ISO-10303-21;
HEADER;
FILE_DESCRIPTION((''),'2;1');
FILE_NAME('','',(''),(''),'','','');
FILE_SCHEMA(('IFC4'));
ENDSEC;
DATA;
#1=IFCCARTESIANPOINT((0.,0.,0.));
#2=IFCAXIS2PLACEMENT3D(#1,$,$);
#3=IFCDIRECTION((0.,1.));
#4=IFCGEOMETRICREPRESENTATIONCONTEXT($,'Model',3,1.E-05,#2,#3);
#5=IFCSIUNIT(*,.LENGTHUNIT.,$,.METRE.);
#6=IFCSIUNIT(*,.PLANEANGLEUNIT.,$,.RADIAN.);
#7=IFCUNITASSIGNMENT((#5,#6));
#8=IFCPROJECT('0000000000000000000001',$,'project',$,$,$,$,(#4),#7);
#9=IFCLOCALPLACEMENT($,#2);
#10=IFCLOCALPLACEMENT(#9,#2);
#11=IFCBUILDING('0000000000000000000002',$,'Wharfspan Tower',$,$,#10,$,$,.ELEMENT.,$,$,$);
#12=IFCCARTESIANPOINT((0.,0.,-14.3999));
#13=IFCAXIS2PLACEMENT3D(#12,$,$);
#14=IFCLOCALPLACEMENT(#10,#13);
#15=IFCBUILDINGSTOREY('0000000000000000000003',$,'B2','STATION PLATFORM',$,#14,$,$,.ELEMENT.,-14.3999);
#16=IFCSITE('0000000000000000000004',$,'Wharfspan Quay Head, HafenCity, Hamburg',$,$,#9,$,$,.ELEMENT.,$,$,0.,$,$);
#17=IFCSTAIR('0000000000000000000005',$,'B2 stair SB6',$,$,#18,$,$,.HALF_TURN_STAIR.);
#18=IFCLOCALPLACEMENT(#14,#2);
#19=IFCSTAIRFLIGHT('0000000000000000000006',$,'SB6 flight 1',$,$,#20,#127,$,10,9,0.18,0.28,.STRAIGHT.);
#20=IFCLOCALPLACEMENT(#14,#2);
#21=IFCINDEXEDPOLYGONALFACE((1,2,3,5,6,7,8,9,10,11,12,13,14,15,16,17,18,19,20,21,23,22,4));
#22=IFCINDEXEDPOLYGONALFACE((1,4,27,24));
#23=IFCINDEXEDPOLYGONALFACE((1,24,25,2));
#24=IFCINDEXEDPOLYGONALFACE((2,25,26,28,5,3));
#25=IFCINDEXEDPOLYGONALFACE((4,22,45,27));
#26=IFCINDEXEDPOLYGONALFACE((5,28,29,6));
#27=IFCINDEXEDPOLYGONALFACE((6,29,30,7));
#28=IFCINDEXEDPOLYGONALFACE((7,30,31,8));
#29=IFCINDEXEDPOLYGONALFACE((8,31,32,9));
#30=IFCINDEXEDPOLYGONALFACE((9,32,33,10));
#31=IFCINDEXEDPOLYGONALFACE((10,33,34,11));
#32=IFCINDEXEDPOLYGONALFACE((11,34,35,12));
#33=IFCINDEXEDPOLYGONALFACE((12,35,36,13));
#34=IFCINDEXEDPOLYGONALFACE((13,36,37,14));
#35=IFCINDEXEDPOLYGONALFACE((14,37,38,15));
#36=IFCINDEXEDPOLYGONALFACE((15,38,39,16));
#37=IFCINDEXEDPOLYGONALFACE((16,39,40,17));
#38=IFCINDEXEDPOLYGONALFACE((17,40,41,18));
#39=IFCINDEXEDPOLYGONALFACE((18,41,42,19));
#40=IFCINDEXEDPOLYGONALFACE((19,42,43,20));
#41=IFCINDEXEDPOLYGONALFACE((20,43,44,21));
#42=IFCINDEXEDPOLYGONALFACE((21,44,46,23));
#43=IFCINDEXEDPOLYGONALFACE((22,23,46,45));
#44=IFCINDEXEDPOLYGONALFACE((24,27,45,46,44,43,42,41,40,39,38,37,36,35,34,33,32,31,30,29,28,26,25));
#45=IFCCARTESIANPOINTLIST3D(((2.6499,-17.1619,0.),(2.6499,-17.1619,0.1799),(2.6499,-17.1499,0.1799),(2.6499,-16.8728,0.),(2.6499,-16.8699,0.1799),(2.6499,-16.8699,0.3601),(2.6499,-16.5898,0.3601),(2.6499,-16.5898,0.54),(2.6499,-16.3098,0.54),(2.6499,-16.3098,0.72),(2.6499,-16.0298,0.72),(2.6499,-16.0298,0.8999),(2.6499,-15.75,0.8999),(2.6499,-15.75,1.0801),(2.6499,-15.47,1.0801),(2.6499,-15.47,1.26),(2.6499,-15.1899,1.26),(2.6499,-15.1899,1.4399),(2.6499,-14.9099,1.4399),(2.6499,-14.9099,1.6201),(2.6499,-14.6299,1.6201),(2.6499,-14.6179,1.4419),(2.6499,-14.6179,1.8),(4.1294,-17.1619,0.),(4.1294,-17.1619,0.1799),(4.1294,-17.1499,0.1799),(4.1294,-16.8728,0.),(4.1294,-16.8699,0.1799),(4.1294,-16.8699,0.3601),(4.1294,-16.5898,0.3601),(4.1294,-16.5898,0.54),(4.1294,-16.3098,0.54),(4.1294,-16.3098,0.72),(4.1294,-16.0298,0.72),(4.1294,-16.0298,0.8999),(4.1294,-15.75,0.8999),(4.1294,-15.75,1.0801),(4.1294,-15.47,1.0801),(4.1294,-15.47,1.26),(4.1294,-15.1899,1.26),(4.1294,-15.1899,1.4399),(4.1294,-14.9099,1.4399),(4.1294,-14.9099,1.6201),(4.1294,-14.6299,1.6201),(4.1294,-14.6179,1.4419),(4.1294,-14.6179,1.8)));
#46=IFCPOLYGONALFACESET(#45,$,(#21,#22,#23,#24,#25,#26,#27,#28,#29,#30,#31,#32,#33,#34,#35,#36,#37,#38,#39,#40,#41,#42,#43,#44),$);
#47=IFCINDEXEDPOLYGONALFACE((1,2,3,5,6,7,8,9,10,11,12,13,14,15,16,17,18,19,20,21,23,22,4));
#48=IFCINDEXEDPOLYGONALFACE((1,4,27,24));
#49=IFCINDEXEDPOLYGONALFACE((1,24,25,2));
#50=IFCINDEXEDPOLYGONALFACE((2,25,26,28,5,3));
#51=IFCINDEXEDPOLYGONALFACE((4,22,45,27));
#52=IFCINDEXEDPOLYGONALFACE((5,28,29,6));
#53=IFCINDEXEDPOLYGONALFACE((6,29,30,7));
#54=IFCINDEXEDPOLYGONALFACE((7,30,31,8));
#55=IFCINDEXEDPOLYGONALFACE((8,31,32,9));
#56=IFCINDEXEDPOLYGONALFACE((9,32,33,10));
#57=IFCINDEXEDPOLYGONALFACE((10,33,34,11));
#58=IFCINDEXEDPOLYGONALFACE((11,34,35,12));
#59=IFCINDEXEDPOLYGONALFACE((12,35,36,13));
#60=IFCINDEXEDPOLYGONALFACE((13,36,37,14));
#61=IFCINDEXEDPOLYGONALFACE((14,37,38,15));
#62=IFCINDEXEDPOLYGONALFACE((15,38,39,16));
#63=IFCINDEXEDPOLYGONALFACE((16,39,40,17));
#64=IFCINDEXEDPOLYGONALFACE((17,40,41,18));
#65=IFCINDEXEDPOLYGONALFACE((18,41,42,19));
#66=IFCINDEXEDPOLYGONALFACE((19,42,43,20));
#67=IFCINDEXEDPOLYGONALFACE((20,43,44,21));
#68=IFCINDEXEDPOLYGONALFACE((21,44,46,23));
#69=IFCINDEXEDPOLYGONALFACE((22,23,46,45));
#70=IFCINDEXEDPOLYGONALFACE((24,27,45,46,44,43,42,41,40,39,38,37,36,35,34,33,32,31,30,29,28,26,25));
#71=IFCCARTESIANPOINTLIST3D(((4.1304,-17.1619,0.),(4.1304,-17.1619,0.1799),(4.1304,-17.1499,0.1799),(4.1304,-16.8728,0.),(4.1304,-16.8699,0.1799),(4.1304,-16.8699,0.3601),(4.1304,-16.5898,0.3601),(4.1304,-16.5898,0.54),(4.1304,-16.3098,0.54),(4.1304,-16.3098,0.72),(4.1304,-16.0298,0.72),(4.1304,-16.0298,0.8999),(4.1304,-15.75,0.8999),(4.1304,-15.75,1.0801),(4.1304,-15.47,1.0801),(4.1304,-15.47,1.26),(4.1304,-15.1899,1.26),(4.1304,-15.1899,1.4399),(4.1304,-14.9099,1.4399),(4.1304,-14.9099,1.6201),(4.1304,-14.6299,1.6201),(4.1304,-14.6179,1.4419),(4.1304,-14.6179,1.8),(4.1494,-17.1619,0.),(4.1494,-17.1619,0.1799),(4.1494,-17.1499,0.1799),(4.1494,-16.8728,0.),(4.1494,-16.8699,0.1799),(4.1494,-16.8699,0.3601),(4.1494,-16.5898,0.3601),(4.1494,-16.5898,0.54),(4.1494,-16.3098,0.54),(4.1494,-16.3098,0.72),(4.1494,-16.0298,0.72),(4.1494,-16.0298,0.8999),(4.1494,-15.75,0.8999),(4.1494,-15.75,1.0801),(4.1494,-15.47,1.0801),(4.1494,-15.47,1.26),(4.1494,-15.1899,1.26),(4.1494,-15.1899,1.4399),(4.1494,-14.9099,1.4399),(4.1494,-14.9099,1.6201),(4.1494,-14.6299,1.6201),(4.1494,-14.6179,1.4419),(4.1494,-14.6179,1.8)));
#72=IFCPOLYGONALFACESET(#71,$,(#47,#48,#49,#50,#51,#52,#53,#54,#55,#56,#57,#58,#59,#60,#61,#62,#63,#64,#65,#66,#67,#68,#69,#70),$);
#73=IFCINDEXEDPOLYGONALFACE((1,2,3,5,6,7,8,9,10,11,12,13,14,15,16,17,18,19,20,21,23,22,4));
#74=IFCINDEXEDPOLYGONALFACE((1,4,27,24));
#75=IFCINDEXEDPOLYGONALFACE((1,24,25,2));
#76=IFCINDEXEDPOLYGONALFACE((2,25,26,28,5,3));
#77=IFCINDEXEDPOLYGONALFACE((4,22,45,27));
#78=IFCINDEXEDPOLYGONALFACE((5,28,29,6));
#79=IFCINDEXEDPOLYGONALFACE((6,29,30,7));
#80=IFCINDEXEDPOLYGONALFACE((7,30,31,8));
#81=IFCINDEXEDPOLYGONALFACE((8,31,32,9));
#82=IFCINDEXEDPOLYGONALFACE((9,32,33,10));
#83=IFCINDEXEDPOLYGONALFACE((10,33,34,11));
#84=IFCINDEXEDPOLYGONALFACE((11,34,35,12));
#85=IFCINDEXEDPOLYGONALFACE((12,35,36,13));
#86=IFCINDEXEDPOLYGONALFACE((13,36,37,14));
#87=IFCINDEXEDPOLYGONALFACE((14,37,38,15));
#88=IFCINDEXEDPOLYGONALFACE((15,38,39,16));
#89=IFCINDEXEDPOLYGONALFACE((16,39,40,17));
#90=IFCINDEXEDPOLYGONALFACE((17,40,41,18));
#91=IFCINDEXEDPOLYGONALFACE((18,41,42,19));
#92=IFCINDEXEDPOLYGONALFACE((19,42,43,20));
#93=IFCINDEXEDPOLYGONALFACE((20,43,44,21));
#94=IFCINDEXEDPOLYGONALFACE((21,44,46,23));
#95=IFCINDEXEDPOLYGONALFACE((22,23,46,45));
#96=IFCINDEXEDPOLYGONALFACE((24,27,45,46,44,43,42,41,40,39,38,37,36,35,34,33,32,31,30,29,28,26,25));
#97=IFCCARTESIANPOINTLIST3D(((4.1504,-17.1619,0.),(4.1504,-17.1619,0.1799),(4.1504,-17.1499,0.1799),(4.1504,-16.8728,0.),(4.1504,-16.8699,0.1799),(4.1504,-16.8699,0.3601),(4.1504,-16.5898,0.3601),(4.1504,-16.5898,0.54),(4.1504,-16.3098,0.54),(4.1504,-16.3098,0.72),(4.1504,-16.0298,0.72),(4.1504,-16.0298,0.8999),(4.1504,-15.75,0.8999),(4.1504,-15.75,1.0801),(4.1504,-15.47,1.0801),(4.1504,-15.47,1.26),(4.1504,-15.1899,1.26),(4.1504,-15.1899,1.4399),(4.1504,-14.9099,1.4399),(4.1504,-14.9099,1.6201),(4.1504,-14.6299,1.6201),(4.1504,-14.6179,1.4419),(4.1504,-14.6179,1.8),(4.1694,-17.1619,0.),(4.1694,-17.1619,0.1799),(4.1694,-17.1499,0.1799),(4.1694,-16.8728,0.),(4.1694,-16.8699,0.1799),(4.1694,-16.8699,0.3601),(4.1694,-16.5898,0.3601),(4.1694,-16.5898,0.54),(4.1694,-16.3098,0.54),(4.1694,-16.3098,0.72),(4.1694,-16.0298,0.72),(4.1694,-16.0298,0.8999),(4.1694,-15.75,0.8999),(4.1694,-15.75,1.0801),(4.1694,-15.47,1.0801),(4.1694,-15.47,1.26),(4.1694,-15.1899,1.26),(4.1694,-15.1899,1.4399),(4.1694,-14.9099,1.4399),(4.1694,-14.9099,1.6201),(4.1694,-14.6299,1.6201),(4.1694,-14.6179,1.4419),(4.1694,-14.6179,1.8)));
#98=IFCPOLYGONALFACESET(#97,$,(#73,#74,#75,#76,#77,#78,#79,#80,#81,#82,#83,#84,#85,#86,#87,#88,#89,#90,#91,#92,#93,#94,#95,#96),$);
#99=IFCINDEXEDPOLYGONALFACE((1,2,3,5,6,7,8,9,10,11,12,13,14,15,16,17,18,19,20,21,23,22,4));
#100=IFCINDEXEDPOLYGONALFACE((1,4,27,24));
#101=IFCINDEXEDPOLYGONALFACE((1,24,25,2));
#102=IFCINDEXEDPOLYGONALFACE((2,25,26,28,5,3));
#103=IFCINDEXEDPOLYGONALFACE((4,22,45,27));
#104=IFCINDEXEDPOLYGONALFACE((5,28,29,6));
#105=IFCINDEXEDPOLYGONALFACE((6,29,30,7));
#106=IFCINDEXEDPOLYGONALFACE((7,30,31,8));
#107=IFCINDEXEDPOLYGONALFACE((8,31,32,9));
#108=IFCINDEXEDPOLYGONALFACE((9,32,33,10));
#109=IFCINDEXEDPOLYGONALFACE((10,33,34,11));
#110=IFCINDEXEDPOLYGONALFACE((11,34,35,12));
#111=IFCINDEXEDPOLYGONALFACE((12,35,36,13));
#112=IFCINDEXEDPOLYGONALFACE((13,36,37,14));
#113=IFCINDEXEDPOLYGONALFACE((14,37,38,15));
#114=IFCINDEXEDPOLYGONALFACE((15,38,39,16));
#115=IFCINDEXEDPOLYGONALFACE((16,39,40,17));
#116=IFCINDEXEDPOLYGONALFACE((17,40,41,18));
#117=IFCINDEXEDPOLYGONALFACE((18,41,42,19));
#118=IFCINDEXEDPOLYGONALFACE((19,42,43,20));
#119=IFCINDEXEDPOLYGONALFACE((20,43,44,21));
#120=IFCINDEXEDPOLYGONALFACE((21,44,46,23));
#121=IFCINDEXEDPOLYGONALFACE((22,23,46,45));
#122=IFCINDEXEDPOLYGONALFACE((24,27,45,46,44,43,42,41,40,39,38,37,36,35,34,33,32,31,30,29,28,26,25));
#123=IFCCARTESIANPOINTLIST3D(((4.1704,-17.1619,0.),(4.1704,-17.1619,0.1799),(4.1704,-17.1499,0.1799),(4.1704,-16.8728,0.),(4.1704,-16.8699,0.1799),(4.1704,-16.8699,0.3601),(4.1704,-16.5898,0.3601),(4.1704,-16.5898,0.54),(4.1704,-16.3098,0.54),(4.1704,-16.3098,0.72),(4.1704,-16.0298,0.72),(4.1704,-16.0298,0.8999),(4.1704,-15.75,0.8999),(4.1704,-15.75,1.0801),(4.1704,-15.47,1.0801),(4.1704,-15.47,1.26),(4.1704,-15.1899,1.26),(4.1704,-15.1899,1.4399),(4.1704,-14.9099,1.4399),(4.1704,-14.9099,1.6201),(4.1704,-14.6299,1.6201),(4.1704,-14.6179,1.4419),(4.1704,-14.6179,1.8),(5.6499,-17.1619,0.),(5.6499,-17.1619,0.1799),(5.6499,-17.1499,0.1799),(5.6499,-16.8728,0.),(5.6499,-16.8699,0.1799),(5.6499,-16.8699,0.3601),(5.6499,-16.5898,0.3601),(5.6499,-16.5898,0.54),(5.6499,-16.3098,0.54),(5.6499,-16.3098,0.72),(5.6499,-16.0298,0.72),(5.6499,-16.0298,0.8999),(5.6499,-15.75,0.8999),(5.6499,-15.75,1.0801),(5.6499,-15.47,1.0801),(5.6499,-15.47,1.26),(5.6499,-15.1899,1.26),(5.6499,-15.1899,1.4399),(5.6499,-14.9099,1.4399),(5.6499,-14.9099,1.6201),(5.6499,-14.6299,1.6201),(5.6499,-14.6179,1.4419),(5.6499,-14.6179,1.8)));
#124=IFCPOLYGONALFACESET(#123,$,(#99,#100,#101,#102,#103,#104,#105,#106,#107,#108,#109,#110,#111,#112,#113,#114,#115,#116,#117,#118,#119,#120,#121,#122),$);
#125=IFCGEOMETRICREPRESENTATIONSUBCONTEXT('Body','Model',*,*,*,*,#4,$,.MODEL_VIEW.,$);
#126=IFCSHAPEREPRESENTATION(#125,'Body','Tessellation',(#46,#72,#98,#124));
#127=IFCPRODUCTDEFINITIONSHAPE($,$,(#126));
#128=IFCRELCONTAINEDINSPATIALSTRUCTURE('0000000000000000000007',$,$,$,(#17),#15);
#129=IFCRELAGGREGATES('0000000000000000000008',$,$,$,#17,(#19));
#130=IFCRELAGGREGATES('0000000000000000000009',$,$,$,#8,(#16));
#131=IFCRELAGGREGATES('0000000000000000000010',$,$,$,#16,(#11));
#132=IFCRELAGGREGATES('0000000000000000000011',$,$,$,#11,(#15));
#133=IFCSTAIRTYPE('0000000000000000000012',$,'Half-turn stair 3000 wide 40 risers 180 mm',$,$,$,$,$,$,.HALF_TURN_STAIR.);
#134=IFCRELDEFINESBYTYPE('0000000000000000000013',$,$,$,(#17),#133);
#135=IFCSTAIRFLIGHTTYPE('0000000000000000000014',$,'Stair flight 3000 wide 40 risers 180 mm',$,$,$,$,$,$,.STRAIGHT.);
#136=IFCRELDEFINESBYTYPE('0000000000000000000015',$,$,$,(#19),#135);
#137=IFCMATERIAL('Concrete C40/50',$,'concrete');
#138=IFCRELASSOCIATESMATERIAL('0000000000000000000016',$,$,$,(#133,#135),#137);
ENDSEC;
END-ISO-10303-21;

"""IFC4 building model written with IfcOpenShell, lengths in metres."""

from ifc_helpers import new_model, si_unit, direction, frame, origin, place, context, subcontext, project, spatial, polyline, outline, extrude, material, type_object, element, aggregate, save


model = new_model("IFC4")

# Units and contexts
model_context = context("Model", 3, precision=1e-05, world=origin(), true_north=direction((0.0, 1.0)))
body_context = subcontext(model_context, "Body", "Model", "MODEL_VIEW")
ifc_project = project(units=[si_unit("LENGTHUNIT", "METRE"), si_unit("PLANEANGLEUNIT", "RADIAN")], contexts=[model_context])

# Site, building, storey
site_placement = place(None, origin())
site = spatial("IfcSite", under=ifc_project, at=site_placement, Name="Wharfspan Quay Head, HafenCity, Hamburg", CompositionType="ELEMENT", RefElevation=0.0)
building_placement = place(site_placement, origin())
building = spatial("IfcBuilding", under=site, at=building_placement, Name="Wharfspan Tower", CompositionType="ELEMENT")
storey_placement = place(building_placement, frame((0.0, 0.0, -14.3999)))
storey = spatial("IfcBuildingStorey", under=building, at=storey_placement, Name="B2", Description="STATION PLATFORM", CompositionType="ELEMENT", Elevation=-14.3999)

# Shared definitions
ifc_material_1 = material(Name="Concrete C40/50", Category="concrete")

# Stair, stair flight
stair_type = type_object("IfcStairType", Name="Half-turn stair 3000 wide 40 risers 180 mm", PredefinedType="HALF_TURN_STAIR", material=ifc_material_1)
stair_placement = place(storey_placement, origin())
stair = element("IfcStair", 1, at=stair_placement, inside=storey, type_object=stair_type, Name="B2 stair SB6", PredefinedType="HALF_TURN_STAIR")
stair_flight_type = type_object("IfcStairFlightType", Name="Stair flight 3000 wide 40 risers 180 mm", PredefinedType="STRAIGHT", material=ifc_material_1)
stair_flight_placement = place(storey_placement, frame((4.1499, -17.1499, 0.0), z_axis=(0.0, 0.0, 1.0), x_axis=(0.0, 1.0, 0.0)))
stair_flight = element("IfcStairFlight", 2, at=stair_flight_placement, type_object=stair_flight_type, Name="SB6 flight 1", NumberOfRisers=10, NumberOfTreads=9, PredefinedType="STRAIGHT", RiserHeight=0.18, TreadLength=0.28, context=body_context, shape_type="SweptSolid", body=[
    extrude(outline(polyline([(-0.012, 0.0), (-0.012, 0.1799), (0.0, 0.1799), (0.28, 0.1799), (0.28, 0.3601), (0.5601, 0.3601), (0.5601, 0.54), (0.8401, 0.54), (0.8401, 0.72), (1.1201, 0.72), (1.1201, 0.8999), (1.3999, 0.8999), (1.3999, 1.0801), (1.6799, 1.0801), (1.6799, 1.26), (1.96, 1.26), (1.96, 1.4399), (2.24, 1.4399), (2.24, 1.6201), (2.52, 1.6201), (2.532, 1.8), (2.532, 1.4419), (0.2771, 0.0), (-0.012, 0.0)])), frame((0.0, 1.5, 0.0), z_axis=(0.0, -1.0, 0.0), x_axis=(1.0, 0.0, 0.0)), (0.0, 0.0, 1.0), 1.4795),
    extrude(outline(polyline([(-0.012, 0.0), (-0.012, 0.1799), (0.0, 0.1799), (0.28, 0.1799), (0.28, 0.3601), (0.5601, 0.3601), (0.5601, 0.54), (0.8401, 0.54), (0.8401, 0.72), (1.1201, 0.72), (1.1201, 0.8999), (1.3999, 0.8999), (1.3999, 1.0801), (1.6799, 1.0801), (1.6799, 1.26), (1.96, 1.26), (1.96, 1.4399), (2.24, 1.4399), (2.24, 1.6201), (2.52, 1.6201), (2.532, 1.8), (2.532, 1.4419), (0.2771, 0.0), (-0.012, 0.0)])), frame((0.0, 0.0195, 0.0), z_axis=(0.0, -1.0, 0.0), x_axis=(1.0, 0.0, 0.0)), (0.0, 0.0, 1.0), 0.019),
    extrude(outline(polyline([(-0.012, 0.0), (-0.012, 0.1799), (0.0, 0.1799), (0.28, 0.1799), (0.28, 0.3601), (0.5601, 0.3601), (0.5601, 0.54), (0.8401, 0.54), (0.8401, 0.72), (1.1201, 0.72), (1.1201, 0.8999), (1.3999, 0.8999), (1.3999, 1.0801), (1.6799, 1.0801), (1.6799, 1.26), (1.96, 1.26), (1.96, 1.4399), (2.24, 1.4399), (2.24, 1.6201), (2.52, 1.6201), (2.532, 1.8), (2.532, 1.4419), (0.2771, 0.0), (-0.012, 0.0)])), frame((0.0, -0.0005, 0.0), z_axis=(0.0, -1.0, 0.0), x_axis=(1.0, 0.0, 0.0)), (0.0, 0.0, 1.0), 0.019),
    extrude(outline(polyline([(-0.012, 0.0), (-0.012, 0.1799), (0.0, 0.1799), (0.28, 0.1799), (0.28, 0.3601), (0.5601, 0.3601), (0.5601, 0.54), (0.8401, 0.54), (0.8401, 0.72), (1.1201, 0.72), (1.1201, 0.8999), (1.3999, 0.8999), (1.3999, 1.0801), (1.6799, 1.0801), (1.6799, 1.26), (1.96, 1.26), (1.96, 1.4399), (2.24, 1.4399), (2.24, 1.6201), (2.52, 1.6201), (2.532, 1.8), (2.532, 1.4419), (0.2771, 0.0), (-0.012, 0.0)])), frame((0.0, -0.0205, 0.0), z_axis=(0.0, -1.0, 0.0), x_axis=(1.0, 0.0, 0.0)), (0.0, 0.0, 1.0), 1.4795),
])
aggregate(stair, [stair_flight])

save(model, "model.ifc")
